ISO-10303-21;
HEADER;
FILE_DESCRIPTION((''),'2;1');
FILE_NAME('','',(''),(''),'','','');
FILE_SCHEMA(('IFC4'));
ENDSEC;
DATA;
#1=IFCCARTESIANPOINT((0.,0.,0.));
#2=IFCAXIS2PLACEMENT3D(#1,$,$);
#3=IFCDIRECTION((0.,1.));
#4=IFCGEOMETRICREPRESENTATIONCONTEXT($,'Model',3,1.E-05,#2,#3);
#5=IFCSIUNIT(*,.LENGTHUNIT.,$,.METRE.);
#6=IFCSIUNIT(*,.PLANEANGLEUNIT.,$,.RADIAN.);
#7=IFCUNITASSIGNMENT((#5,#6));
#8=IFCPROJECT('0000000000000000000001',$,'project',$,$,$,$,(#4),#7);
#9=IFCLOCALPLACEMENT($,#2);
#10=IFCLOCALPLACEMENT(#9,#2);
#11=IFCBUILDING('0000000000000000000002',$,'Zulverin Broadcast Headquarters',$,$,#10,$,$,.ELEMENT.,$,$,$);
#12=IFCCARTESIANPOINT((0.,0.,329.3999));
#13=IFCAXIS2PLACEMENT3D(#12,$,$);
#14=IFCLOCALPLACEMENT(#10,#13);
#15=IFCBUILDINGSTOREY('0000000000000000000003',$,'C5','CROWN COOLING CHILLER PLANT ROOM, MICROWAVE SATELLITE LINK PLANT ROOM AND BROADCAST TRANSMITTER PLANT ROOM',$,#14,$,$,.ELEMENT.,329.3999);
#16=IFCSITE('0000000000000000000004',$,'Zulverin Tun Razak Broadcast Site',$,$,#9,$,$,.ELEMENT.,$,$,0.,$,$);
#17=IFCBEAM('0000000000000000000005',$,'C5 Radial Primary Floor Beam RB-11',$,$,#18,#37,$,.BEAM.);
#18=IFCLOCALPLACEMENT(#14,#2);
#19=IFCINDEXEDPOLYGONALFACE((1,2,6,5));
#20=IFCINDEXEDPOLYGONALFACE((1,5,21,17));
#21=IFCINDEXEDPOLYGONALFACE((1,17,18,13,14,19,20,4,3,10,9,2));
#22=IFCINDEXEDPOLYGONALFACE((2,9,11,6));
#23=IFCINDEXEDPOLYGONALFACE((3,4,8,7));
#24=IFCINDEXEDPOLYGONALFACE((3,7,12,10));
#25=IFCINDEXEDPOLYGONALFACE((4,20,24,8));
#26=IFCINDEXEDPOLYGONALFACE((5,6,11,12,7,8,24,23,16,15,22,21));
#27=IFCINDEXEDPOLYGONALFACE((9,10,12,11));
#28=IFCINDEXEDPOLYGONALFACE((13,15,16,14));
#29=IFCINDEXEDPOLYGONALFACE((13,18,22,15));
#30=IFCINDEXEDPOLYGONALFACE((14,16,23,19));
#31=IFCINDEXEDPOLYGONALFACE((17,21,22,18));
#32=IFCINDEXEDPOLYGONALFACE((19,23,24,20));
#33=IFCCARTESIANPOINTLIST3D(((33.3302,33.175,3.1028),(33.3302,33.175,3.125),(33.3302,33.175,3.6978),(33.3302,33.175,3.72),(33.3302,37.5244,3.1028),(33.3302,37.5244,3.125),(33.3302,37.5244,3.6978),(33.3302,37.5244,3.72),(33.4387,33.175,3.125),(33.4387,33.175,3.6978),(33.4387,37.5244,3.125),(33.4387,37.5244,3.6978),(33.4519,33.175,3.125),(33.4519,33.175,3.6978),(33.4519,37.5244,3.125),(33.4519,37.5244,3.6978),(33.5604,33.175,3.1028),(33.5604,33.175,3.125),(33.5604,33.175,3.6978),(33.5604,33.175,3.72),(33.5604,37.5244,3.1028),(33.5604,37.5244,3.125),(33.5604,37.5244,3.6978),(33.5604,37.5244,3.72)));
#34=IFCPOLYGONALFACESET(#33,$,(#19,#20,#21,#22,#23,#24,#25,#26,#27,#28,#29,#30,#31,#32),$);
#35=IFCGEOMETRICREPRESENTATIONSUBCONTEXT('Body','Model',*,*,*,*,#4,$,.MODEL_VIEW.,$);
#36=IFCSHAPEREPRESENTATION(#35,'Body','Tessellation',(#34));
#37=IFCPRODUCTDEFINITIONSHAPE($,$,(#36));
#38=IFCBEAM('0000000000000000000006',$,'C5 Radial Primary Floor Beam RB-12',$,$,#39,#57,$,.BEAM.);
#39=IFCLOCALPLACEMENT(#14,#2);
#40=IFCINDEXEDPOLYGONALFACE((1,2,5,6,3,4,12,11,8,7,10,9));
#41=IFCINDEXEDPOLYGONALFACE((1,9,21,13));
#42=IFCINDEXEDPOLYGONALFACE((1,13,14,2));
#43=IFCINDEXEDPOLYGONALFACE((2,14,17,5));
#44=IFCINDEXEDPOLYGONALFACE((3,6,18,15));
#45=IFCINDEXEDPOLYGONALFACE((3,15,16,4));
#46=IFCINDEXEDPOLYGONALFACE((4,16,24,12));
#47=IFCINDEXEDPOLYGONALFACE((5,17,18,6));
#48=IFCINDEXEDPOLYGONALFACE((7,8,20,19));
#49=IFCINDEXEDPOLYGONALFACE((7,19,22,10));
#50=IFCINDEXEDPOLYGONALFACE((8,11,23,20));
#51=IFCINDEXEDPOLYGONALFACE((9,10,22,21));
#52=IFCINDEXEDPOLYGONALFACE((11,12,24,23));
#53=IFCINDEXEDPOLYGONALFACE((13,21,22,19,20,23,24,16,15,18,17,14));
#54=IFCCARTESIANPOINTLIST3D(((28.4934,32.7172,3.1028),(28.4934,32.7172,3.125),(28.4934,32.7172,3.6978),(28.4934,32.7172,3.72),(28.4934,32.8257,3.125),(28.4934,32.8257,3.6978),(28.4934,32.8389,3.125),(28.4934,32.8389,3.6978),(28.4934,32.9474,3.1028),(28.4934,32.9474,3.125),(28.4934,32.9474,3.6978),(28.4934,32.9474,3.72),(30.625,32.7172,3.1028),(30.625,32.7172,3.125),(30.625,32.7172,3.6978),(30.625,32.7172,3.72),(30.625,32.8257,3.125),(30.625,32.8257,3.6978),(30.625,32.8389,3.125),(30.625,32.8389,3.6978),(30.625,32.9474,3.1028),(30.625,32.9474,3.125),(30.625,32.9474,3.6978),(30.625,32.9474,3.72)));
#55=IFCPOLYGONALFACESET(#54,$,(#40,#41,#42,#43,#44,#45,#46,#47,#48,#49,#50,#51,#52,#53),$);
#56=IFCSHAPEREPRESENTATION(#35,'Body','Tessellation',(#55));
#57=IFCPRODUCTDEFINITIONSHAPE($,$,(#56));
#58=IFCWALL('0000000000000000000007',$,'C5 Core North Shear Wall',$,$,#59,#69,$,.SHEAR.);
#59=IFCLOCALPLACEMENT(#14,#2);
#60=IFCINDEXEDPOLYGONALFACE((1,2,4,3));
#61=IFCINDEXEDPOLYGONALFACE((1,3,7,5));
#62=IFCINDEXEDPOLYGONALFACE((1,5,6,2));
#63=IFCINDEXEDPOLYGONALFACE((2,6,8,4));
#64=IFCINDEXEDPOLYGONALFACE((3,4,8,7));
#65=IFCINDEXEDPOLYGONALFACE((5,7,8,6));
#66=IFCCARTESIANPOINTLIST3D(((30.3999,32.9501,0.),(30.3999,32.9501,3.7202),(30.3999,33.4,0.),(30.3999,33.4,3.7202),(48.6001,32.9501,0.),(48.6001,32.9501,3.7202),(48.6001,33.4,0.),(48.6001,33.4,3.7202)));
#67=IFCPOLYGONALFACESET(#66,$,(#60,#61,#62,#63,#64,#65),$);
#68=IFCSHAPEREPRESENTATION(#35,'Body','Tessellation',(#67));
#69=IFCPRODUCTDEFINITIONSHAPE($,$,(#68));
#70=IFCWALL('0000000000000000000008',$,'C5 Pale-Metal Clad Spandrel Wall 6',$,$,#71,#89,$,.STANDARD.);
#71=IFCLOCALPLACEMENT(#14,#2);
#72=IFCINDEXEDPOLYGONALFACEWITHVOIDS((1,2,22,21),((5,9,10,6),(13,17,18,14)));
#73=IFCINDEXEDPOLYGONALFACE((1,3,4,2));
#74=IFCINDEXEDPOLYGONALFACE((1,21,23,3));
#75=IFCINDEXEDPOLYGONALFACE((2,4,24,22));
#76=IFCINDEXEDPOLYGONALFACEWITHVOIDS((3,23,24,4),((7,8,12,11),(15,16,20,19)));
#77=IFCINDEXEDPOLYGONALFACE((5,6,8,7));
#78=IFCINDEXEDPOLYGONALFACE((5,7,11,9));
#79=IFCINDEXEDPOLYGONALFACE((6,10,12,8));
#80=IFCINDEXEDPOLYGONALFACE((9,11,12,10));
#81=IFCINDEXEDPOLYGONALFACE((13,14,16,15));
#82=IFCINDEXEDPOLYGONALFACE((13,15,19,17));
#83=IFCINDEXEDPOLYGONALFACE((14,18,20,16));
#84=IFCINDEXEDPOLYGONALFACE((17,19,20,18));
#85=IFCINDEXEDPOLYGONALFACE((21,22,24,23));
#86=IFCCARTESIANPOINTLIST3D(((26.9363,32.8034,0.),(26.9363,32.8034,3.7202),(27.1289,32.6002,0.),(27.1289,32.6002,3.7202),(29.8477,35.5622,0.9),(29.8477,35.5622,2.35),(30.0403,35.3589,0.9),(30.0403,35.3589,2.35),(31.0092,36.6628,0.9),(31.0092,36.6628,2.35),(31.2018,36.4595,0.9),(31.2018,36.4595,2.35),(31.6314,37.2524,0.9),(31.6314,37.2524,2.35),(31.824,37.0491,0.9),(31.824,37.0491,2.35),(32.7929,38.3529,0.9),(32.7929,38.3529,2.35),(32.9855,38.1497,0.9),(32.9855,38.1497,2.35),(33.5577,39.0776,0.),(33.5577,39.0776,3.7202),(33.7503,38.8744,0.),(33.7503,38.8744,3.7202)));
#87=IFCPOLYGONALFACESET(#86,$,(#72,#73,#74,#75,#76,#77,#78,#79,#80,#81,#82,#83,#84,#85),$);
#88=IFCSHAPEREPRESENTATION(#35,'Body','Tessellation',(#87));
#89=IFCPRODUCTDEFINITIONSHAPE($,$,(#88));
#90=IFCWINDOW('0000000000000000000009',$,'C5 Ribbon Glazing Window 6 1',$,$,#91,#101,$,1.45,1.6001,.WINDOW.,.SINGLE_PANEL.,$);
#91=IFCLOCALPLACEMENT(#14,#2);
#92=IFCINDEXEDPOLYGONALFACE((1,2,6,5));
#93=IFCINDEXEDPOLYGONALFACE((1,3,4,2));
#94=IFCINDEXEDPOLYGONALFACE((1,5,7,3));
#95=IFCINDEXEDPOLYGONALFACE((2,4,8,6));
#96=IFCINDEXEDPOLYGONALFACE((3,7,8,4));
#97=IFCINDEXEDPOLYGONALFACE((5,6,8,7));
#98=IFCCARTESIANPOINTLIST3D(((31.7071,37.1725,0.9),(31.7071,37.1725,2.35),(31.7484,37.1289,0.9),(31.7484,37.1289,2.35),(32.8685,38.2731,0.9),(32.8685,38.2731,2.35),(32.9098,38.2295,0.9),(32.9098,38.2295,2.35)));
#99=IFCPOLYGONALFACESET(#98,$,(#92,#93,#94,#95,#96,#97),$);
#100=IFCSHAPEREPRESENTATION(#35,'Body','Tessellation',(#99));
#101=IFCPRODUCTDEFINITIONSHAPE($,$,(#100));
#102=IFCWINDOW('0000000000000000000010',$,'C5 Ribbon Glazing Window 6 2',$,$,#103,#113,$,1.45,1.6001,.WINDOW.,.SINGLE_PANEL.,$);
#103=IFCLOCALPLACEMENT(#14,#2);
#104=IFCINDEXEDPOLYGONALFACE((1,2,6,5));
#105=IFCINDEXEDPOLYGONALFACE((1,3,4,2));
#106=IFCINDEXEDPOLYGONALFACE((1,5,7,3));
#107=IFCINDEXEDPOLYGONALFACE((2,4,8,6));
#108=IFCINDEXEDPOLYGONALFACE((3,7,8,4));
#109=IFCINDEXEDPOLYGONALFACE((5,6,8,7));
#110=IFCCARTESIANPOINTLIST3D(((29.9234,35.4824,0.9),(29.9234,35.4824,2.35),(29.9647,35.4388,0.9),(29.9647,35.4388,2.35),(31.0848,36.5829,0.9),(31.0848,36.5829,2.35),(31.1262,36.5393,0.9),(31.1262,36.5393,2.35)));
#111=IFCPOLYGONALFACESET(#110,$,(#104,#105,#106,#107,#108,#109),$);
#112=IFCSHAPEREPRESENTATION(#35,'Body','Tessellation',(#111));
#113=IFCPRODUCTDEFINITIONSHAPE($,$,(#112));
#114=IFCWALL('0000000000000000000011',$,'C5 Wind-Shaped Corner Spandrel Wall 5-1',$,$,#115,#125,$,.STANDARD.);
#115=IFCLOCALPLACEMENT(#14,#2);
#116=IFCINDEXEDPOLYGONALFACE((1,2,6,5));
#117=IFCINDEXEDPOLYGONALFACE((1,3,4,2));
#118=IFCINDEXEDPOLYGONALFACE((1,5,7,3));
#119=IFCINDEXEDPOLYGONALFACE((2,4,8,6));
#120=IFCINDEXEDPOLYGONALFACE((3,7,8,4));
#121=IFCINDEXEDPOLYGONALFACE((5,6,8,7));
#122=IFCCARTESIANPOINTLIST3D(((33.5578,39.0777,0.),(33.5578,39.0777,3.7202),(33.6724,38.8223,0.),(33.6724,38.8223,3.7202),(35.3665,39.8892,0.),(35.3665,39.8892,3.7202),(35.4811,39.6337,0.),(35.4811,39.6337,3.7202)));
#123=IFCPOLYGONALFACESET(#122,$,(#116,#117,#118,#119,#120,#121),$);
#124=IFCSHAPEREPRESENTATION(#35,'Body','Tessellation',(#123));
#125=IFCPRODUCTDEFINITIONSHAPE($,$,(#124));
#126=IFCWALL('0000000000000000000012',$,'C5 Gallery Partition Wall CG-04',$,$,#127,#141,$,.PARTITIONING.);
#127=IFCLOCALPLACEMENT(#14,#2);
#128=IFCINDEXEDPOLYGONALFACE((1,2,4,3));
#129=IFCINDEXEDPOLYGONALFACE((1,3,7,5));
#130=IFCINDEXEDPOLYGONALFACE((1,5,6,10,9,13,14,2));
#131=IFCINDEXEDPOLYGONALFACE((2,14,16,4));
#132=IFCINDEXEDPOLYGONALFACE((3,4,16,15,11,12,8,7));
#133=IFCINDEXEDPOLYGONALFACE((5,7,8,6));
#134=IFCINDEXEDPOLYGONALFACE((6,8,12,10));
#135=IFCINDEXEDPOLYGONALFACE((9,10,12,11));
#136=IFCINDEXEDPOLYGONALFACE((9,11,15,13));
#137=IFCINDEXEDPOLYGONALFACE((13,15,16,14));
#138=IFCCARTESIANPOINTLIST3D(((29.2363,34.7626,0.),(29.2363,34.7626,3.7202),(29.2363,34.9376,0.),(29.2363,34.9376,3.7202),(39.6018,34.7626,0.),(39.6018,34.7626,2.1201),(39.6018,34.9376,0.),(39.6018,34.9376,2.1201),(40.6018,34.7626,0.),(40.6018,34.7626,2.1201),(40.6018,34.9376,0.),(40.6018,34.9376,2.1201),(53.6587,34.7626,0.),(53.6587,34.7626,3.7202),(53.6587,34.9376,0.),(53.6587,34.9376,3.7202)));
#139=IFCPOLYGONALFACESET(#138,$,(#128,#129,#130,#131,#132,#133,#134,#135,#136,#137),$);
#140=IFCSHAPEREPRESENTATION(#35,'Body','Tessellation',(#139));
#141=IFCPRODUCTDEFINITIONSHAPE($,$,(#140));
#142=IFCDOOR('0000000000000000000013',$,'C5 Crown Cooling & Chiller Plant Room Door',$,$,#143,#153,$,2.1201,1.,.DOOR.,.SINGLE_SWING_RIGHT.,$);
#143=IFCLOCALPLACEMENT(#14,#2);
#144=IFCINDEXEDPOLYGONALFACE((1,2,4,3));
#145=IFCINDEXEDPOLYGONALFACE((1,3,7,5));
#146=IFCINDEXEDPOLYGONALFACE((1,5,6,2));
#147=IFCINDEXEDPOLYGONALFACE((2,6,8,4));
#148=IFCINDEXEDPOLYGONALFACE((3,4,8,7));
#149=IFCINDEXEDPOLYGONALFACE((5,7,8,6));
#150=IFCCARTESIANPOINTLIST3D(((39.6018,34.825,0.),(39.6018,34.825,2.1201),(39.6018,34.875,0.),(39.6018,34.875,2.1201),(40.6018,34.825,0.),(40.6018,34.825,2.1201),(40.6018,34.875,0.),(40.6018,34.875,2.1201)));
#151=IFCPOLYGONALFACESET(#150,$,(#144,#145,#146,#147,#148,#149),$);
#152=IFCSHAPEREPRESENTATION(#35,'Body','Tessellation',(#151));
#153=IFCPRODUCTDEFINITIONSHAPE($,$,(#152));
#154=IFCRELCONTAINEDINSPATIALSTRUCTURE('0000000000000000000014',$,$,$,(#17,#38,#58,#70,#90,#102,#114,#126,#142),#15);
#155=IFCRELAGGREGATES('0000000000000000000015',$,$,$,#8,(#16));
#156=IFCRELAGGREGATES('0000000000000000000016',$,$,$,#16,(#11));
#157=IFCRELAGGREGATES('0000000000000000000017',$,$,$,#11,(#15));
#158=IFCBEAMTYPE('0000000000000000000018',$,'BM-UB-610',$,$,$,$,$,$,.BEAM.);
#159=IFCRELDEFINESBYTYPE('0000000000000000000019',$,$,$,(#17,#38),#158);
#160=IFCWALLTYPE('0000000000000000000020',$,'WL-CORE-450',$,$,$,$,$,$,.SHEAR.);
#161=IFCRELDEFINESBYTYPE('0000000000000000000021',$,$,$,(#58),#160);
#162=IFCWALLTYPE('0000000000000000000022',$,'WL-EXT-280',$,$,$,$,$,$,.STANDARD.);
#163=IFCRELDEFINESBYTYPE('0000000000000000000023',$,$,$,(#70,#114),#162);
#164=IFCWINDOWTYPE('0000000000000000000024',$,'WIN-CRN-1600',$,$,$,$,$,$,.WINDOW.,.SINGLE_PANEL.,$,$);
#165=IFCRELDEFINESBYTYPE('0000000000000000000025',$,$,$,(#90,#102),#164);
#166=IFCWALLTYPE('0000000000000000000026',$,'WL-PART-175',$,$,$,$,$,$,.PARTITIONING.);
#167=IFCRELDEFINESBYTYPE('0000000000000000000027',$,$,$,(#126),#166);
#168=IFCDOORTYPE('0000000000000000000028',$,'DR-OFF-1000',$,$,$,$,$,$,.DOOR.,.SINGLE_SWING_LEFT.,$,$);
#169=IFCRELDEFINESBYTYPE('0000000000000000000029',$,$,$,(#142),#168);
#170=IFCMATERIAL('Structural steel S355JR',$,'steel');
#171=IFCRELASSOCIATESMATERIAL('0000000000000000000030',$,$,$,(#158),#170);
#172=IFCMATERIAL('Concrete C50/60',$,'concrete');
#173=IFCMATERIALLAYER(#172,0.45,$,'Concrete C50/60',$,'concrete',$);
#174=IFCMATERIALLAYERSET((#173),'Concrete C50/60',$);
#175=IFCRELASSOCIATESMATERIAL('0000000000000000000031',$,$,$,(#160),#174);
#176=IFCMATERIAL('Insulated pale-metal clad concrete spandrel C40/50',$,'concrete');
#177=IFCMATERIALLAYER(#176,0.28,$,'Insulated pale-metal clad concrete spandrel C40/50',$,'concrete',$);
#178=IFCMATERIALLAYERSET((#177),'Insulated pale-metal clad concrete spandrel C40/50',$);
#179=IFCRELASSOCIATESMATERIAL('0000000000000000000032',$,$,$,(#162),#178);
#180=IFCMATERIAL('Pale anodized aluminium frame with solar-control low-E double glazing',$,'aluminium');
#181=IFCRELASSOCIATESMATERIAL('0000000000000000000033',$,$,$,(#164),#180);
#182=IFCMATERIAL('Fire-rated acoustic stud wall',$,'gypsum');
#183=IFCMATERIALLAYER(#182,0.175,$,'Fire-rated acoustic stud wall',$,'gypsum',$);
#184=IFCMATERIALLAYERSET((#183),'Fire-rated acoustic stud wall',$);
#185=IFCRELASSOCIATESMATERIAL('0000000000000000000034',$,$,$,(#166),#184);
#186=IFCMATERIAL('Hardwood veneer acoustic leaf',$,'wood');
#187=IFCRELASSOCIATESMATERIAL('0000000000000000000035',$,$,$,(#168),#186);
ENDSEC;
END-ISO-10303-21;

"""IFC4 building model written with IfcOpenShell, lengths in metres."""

from ifc_helpers import new_model, si_unit, direction, frame, frame_2d, origin, origin_2d, place, context, subcontext, project, spatial, rectangle, i_section, extrude, material, layer, layer_set, material_profile, profile_set, type_object, element, fill, save


model = new_model("IFC4")

# Units and contexts
model_context = context("Model", 3, precision=1e-05, world=origin(), true_north=direction((0.0, 1.0)))
body_context = subcontext(model_context, "Body", "Model", "MODEL_VIEW")
ifc_project = project(units=[si_unit("LENGTHUNIT", "METRE"), si_unit("PLANEANGLEUNIT", "RADIAN")], contexts=[model_context])

# Site, building, storey
site_placement = place(None, origin())
site = spatial("IfcSite", under=ifc_project, at=site_placement, Name="Zulverin Tun Razak Broadcast Site", CompositionType="ELEMENT", RefElevation=0.0)
building_placement = place(site_placement, origin())
building = spatial("IfcBuilding", under=site, at=building_placement, Name="Zulverin Broadcast Headquarters", CompositionType="ELEMENT")
storey_placement = place(building_placement, frame((0.0, 0.0, 329.3999)))
storey = spatial("IfcBuildingStorey", under=building, at=storey_placement, Name="C5", Description="CROWN COOLING CHILLER PLANT ROOM, MICROWAVE SATELLITE LINK PLANT ROOM AND BROADCAST TRANSMITTER PLANT ROOM", CompositionType="ELEMENT", Elevation=329.3999)

# Shared definitions
ifc_material_1 = material(Name="Structural steel S355JR", Category="steel")
ifc_material_2 = material(Name="Concrete C50/60", Category="concrete")

# Beams
ifc_material_profile_1 = material_profile(ifc_material_1, i_section(OverallWidth=0.2302, OverallDepth=0.6172, WebThickness=0.0132, FlangeThickness=0.0222, at=origin_2d()), Name="Structural steel S355JR", Category="steel")
ifc_profile_set_1 = profile_set([ifc_material_profile_1], Name="Structural steel S355JR")
beam_type_1 = type_object("IfcBeamType", Name="BM-UB-610", PredefinedType="BEAM", material=ifc_profile_set_1)
beam_1_placement = place(storey_placement, frame((33.4453, 33.175, 3.4114), z_axis=(0.0, 1.0, 0.0), x_axis=(-1.0, 0.0, 0.0)))
element("IfcBeam", 1, at=beam_1_placement, inside=storey, type_object=beam_type_1, Name="C5 Radial Primary Floor Beam RB-11", PredefinedType="BEAM", context=body_context, shape_type="SweptSolid", body=[
    extrude(i_section(OverallWidth=0.2302, OverallDepth=0.6172, WebThickness=0.0132, FlangeThickness=0.0222, at=origin_2d()), origin(), (0.0, 0.0, 1.0), 4.3494),
])
beam_2_placement = place(storey_placement, frame((30.625, 32.8323, 3.4114), z_axis=(-1.0, 0.0, 0.0), x_axis=(0.0, -1.0, 0.0)))
element("IfcBeam", 2, at=beam_2_placement, inside=storey, type_object=beam_type_1, Name="C5 Radial Primary Floor Beam RB-12", PredefinedType="BEAM", context=body_context, shape_type="SweptSolid", body=[
    extrude(i_section(OverallWidth=0.2302, OverallDepth=0.6172, WebThickness=0.0132, FlangeThickness=0.0222, at=origin_2d()), origin(), (0.0, 0.0, 1.0), 2.1316),
])

# Wall
ifc_layer_1 = layer(ifc_material_2, 0.45, Name="Concrete C50/60", Category="concrete")
ifc_layer_set_1 = layer_set([ifc_layer_1], Name="Concrete C50/60")
wall_type_1 = type_object("IfcWallType", Name="WL-CORE-450", PredefinedType="SHEAR", material=ifc_layer_set_1)
wall_1_placement = place(storey_placement, frame((30.3999, 33.175, 0.0), z_axis=(0.0, 0.0, 1.0), x_axis=(1.0, 0.0, 0.0)))
element("IfcWall", 3, at=wall_1_placement, inside=storey, type_object=wall_type_1, Name="C5 Core North Shear Wall", PredefinedType="SHEAR", context=body_context, shape_type="SweptSolid", body=[
    extrude(rectangle(XDim=18.2002, YDim=0.45, at=frame_2d((9.1001, 0.0))), origin(), (0.0, 0.0, 1.0), 3.7202),
])

# Wall, openings, windows
ifc_material_3 = material(Name="Insulated pale-metal clad concrete spandrel C40/50", Category="concrete")
ifc_layer_2 = layer(ifc_material_3, 0.28, Name="Insulated pale-metal clad concrete spandrel C40/50", Category="concrete")
ifc_layer_set_2 = layer_set([ifc_layer_2], Name="Insulated pale-metal clad concrete spandrel C40/50")
wall_type_2 = type_object("IfcWallType", Name="WL-EXT-280", PredefinedType="STANDARD", material=ifc_layer_set_2)
wall_2_placement = place(storey_placement, frame((33.6541, 38.9761, 0.0), z_axis=(0.0, 0.0, 1.0), x_axis=(-0.72588, -0.687821, 0.0)))
wall_2 = element("IfcWall", 4, at=wall_2_placement, inside=storey, type_object=wall_type_2, Name="C5 Pale-Metal Clad Spandrel Wall 6", PredefinedType="STANDARD", context=body_context, shape_type="SweptSolid", body=[
    extrude(rectangle(XDim=9.1218, YDim=0.28, at=frame_2d((4.561, 0.0))), origin(), (0.0, 0.0, 1.0), 3.7202),
])
opening_1_placement = place(wall_2_placement, frame((1.0537, 0.0, 0.8999)))
opening_1 = element("IfcOpeningElement", 5, at=opening_1_placement, cuts=wall_2, PredefinedType="OPENING", context=body_context, shape_type="SweptSolid", body=[
    extrude(rectangle(XDim=1.6001, YDim=1.45, at=frame_2d((0.8, 0.7251))), frame((0.0, 0.1499, 0.0), z_axis=(0.0, -1.0, 0.0), x_axis=(1.0, 0.0, 0.0)), (0.0, 0.0, 1.0), 0.3),
])
opening_2_placement = place(wall_2_placement, frame((3.511, 0.0, 0.8999)))
opening_2 = element("IfcOpeningElement", 6, at=opening_2_placement, cuts=wall_2, PredefinedType="OPENING", context=body_context, shape_type="SweptSolid", body=[
    extrude(rectangle(XDim=1.6001, YDim=1.45, at=frame_2d((0.8, 0.7251))), frame((0.0, 0.1499, 0.0), z_axis=(0.0, -1.0, 0.0), x_axis=(1.0, 0.0, 0.0)), (0.0, 0.0, 1.0), 0.3),
])
ifc_material_4 = material(Name="Pale anodized aluminium frame with solar-control low-E double glazing", Category="aluminium")
window_type = type_object("IfcWindowType", Name="WIN-CRN-1600", PartitioningType="SINGLE_PANEL", PredefinedType="WINDOW", material=ifc_material_4)
window_1_placement = place(opening_1_placement, origin())
window_1 = element("IfcWindow", 7, at=window_1_placement, inside=storey, type_object=window_type, Name="C5 Ribbon Glazing Window 6 1", OverallHeight=1.45, OverallWidth=1.6001, PartitioningType="SINGLE_PANEL", PredefinedType="WINDOW", context=body_context, shape_type="SweptSolid", body=[
    extrude(rectangle(XDim=1.6001, YDim=1.45, at=frame_2d((0.8, 0.7251))), frame((0.0, 0.03, 0.0), z_axis=(0.0, -1.0, 0.0), x_axis=(1.0, 0.0, 0.0)), (0.0, 0.0, 1.0), 0.0601),
])
fill(opening_1, window_1)
window_2_placement = place(opening_2_placement, origin())
window_2 = element("IfcWindow", 8, at=window_2_placement, inside=storey, type_object=window_type, Name="C5 Ribbon Glazing Window 6 2", OverallHeight=1.45, OverallWidth=1.6001, PartitioningType="SINGLE_PANEL", PredefinedType="WINDOW", context=body_context, shape_type="SweptSolid", body=[
    extrude(rectangle(XDim=1.6001, YDim=1.45, at=frame_2d((0.8, 0.7251))), frame((0.0, 0.03, 0.0), z_axis=(0.0, -1.0, 0.0), x_axis=(1.0, 0.0, 0.0)), (0.0, 0.0, 1.0), 0.0601),
])
fill(opening_2, window_2)

# Wall
wall_3_placement = place(storey_placement, frame((35.4238, 39.7615, 0.0), z_axis=(0.0, 0.0, 1.0), x_axis=(-0.912384, -0.409335, 0.0)))
element("IfcWall", 9, at=wall_3_placement, inside=storey, type_object=wall_type_2, Name="C5 Wind-Shaped Corner Spandrel Wall 5-1", PredefinedType="STANDARD", context=body_context, shape_type="SweptSolid", body=[
    extrude(rectangle(XDim=1.9824, YDim=0.28, at=frame_2d((0.9912, 0.0))), origin(), (0.0, 0.0, 1.0), 3.7202),
])

# Wall, opening, door
ifc_material_5 = material(Name="Fire-rated acoustic stud wall", Category="gypsum")
ifc_layer_3 = layer(ifc_material_5, 0.175, Name="Fire-rated acoustic stud wall", Category="gypsum")
ifc_layer_set_3 = layer_set([ifc_layer_3], Name="Fire-rated acoustic stud wall")
wall_type_3 = type_object("IfcWallType", Name="WL-PART-175", PredefinedType="PARTITIONING", material=ifc_layer_set_3)
wall_4_placement = place(storey_placement, frame((29.2363, 34.8501, 0.0), z_axis=(0.0, 0.0, 1.0), x_axis=(1.0, 0.0, 0.0)))
wall_4 = element("IfcWall", 10, at=wall_4_placement, inside=storey, type_object=wall_type_3, Name="C5 Gallery Partition Wall CG-04", PredefinedType="PARTITIONING", context=body_context, shape_type="SweptSolid", body=[
    extrude(rectangle(XDim=24.4224, YDim=0.175, at=frame_2d((12.2112, 0.0))), origin(), (0.0, 0.0, 1.0), 3.7202),
])
opening_3_placement = place(wall_4_placement, frame((10.3655, 0.0, 0.0)))
opening_3 = element("IfcOpeningElement", 11, at=opening_3_placement, cuts=wall_4, PredefinedType="OPENING", context=body_context, shape_type="SweptSolid", body=[
    extrude(rectangle(XDim=1.0, YDim=2.1201, at=frame_2d((0.5, 1.0601))), frame((0.0, 0.0974, 0.0), z_axis=(0.0, -1.0, 0.0), x_axis=(1.0, 0.0, 0.0)), (0.0, 0.0, 1.0), 0.1951),
])
ifc_material_6 = material(Name="Hardwood veneer acoustic leaf", Category="wood")
door_type = type_object("IfcDoorType", Name="DR-OFF-1000", OperationType="SINGLE_SWING_LEFT", PredefinedType="DOOR", material=ifc_material_6)
door_placement = place(opening_3_placement, origin())
door = element("IfcDoor", 12, at=door_placement, inside=storey, type_object=door_type, Name="C5 Crown Cooling & Chiller Plant Room Door", OperationType="SINGLE_SWING_RIGHT", OverallHeight=2.1201, OverallWidth=1.0, PredefinedType="DOOR", context=body_context, shape_type="SweptSolid", body=[
    extrude(rectangle(XDim=1.0, YDim=2.1201, at=frame_2d((0.5, 1.0601))), frame((0.0, 0.0249, 0.0), z_axis=(0.0, -1.0, 0.0), x_axis=(1.0, 0.0, 0.0)), (0.0, 0.0, 1.0), 0.05),
])
fill(opening_3, door)

save(model, "model.ifc")
